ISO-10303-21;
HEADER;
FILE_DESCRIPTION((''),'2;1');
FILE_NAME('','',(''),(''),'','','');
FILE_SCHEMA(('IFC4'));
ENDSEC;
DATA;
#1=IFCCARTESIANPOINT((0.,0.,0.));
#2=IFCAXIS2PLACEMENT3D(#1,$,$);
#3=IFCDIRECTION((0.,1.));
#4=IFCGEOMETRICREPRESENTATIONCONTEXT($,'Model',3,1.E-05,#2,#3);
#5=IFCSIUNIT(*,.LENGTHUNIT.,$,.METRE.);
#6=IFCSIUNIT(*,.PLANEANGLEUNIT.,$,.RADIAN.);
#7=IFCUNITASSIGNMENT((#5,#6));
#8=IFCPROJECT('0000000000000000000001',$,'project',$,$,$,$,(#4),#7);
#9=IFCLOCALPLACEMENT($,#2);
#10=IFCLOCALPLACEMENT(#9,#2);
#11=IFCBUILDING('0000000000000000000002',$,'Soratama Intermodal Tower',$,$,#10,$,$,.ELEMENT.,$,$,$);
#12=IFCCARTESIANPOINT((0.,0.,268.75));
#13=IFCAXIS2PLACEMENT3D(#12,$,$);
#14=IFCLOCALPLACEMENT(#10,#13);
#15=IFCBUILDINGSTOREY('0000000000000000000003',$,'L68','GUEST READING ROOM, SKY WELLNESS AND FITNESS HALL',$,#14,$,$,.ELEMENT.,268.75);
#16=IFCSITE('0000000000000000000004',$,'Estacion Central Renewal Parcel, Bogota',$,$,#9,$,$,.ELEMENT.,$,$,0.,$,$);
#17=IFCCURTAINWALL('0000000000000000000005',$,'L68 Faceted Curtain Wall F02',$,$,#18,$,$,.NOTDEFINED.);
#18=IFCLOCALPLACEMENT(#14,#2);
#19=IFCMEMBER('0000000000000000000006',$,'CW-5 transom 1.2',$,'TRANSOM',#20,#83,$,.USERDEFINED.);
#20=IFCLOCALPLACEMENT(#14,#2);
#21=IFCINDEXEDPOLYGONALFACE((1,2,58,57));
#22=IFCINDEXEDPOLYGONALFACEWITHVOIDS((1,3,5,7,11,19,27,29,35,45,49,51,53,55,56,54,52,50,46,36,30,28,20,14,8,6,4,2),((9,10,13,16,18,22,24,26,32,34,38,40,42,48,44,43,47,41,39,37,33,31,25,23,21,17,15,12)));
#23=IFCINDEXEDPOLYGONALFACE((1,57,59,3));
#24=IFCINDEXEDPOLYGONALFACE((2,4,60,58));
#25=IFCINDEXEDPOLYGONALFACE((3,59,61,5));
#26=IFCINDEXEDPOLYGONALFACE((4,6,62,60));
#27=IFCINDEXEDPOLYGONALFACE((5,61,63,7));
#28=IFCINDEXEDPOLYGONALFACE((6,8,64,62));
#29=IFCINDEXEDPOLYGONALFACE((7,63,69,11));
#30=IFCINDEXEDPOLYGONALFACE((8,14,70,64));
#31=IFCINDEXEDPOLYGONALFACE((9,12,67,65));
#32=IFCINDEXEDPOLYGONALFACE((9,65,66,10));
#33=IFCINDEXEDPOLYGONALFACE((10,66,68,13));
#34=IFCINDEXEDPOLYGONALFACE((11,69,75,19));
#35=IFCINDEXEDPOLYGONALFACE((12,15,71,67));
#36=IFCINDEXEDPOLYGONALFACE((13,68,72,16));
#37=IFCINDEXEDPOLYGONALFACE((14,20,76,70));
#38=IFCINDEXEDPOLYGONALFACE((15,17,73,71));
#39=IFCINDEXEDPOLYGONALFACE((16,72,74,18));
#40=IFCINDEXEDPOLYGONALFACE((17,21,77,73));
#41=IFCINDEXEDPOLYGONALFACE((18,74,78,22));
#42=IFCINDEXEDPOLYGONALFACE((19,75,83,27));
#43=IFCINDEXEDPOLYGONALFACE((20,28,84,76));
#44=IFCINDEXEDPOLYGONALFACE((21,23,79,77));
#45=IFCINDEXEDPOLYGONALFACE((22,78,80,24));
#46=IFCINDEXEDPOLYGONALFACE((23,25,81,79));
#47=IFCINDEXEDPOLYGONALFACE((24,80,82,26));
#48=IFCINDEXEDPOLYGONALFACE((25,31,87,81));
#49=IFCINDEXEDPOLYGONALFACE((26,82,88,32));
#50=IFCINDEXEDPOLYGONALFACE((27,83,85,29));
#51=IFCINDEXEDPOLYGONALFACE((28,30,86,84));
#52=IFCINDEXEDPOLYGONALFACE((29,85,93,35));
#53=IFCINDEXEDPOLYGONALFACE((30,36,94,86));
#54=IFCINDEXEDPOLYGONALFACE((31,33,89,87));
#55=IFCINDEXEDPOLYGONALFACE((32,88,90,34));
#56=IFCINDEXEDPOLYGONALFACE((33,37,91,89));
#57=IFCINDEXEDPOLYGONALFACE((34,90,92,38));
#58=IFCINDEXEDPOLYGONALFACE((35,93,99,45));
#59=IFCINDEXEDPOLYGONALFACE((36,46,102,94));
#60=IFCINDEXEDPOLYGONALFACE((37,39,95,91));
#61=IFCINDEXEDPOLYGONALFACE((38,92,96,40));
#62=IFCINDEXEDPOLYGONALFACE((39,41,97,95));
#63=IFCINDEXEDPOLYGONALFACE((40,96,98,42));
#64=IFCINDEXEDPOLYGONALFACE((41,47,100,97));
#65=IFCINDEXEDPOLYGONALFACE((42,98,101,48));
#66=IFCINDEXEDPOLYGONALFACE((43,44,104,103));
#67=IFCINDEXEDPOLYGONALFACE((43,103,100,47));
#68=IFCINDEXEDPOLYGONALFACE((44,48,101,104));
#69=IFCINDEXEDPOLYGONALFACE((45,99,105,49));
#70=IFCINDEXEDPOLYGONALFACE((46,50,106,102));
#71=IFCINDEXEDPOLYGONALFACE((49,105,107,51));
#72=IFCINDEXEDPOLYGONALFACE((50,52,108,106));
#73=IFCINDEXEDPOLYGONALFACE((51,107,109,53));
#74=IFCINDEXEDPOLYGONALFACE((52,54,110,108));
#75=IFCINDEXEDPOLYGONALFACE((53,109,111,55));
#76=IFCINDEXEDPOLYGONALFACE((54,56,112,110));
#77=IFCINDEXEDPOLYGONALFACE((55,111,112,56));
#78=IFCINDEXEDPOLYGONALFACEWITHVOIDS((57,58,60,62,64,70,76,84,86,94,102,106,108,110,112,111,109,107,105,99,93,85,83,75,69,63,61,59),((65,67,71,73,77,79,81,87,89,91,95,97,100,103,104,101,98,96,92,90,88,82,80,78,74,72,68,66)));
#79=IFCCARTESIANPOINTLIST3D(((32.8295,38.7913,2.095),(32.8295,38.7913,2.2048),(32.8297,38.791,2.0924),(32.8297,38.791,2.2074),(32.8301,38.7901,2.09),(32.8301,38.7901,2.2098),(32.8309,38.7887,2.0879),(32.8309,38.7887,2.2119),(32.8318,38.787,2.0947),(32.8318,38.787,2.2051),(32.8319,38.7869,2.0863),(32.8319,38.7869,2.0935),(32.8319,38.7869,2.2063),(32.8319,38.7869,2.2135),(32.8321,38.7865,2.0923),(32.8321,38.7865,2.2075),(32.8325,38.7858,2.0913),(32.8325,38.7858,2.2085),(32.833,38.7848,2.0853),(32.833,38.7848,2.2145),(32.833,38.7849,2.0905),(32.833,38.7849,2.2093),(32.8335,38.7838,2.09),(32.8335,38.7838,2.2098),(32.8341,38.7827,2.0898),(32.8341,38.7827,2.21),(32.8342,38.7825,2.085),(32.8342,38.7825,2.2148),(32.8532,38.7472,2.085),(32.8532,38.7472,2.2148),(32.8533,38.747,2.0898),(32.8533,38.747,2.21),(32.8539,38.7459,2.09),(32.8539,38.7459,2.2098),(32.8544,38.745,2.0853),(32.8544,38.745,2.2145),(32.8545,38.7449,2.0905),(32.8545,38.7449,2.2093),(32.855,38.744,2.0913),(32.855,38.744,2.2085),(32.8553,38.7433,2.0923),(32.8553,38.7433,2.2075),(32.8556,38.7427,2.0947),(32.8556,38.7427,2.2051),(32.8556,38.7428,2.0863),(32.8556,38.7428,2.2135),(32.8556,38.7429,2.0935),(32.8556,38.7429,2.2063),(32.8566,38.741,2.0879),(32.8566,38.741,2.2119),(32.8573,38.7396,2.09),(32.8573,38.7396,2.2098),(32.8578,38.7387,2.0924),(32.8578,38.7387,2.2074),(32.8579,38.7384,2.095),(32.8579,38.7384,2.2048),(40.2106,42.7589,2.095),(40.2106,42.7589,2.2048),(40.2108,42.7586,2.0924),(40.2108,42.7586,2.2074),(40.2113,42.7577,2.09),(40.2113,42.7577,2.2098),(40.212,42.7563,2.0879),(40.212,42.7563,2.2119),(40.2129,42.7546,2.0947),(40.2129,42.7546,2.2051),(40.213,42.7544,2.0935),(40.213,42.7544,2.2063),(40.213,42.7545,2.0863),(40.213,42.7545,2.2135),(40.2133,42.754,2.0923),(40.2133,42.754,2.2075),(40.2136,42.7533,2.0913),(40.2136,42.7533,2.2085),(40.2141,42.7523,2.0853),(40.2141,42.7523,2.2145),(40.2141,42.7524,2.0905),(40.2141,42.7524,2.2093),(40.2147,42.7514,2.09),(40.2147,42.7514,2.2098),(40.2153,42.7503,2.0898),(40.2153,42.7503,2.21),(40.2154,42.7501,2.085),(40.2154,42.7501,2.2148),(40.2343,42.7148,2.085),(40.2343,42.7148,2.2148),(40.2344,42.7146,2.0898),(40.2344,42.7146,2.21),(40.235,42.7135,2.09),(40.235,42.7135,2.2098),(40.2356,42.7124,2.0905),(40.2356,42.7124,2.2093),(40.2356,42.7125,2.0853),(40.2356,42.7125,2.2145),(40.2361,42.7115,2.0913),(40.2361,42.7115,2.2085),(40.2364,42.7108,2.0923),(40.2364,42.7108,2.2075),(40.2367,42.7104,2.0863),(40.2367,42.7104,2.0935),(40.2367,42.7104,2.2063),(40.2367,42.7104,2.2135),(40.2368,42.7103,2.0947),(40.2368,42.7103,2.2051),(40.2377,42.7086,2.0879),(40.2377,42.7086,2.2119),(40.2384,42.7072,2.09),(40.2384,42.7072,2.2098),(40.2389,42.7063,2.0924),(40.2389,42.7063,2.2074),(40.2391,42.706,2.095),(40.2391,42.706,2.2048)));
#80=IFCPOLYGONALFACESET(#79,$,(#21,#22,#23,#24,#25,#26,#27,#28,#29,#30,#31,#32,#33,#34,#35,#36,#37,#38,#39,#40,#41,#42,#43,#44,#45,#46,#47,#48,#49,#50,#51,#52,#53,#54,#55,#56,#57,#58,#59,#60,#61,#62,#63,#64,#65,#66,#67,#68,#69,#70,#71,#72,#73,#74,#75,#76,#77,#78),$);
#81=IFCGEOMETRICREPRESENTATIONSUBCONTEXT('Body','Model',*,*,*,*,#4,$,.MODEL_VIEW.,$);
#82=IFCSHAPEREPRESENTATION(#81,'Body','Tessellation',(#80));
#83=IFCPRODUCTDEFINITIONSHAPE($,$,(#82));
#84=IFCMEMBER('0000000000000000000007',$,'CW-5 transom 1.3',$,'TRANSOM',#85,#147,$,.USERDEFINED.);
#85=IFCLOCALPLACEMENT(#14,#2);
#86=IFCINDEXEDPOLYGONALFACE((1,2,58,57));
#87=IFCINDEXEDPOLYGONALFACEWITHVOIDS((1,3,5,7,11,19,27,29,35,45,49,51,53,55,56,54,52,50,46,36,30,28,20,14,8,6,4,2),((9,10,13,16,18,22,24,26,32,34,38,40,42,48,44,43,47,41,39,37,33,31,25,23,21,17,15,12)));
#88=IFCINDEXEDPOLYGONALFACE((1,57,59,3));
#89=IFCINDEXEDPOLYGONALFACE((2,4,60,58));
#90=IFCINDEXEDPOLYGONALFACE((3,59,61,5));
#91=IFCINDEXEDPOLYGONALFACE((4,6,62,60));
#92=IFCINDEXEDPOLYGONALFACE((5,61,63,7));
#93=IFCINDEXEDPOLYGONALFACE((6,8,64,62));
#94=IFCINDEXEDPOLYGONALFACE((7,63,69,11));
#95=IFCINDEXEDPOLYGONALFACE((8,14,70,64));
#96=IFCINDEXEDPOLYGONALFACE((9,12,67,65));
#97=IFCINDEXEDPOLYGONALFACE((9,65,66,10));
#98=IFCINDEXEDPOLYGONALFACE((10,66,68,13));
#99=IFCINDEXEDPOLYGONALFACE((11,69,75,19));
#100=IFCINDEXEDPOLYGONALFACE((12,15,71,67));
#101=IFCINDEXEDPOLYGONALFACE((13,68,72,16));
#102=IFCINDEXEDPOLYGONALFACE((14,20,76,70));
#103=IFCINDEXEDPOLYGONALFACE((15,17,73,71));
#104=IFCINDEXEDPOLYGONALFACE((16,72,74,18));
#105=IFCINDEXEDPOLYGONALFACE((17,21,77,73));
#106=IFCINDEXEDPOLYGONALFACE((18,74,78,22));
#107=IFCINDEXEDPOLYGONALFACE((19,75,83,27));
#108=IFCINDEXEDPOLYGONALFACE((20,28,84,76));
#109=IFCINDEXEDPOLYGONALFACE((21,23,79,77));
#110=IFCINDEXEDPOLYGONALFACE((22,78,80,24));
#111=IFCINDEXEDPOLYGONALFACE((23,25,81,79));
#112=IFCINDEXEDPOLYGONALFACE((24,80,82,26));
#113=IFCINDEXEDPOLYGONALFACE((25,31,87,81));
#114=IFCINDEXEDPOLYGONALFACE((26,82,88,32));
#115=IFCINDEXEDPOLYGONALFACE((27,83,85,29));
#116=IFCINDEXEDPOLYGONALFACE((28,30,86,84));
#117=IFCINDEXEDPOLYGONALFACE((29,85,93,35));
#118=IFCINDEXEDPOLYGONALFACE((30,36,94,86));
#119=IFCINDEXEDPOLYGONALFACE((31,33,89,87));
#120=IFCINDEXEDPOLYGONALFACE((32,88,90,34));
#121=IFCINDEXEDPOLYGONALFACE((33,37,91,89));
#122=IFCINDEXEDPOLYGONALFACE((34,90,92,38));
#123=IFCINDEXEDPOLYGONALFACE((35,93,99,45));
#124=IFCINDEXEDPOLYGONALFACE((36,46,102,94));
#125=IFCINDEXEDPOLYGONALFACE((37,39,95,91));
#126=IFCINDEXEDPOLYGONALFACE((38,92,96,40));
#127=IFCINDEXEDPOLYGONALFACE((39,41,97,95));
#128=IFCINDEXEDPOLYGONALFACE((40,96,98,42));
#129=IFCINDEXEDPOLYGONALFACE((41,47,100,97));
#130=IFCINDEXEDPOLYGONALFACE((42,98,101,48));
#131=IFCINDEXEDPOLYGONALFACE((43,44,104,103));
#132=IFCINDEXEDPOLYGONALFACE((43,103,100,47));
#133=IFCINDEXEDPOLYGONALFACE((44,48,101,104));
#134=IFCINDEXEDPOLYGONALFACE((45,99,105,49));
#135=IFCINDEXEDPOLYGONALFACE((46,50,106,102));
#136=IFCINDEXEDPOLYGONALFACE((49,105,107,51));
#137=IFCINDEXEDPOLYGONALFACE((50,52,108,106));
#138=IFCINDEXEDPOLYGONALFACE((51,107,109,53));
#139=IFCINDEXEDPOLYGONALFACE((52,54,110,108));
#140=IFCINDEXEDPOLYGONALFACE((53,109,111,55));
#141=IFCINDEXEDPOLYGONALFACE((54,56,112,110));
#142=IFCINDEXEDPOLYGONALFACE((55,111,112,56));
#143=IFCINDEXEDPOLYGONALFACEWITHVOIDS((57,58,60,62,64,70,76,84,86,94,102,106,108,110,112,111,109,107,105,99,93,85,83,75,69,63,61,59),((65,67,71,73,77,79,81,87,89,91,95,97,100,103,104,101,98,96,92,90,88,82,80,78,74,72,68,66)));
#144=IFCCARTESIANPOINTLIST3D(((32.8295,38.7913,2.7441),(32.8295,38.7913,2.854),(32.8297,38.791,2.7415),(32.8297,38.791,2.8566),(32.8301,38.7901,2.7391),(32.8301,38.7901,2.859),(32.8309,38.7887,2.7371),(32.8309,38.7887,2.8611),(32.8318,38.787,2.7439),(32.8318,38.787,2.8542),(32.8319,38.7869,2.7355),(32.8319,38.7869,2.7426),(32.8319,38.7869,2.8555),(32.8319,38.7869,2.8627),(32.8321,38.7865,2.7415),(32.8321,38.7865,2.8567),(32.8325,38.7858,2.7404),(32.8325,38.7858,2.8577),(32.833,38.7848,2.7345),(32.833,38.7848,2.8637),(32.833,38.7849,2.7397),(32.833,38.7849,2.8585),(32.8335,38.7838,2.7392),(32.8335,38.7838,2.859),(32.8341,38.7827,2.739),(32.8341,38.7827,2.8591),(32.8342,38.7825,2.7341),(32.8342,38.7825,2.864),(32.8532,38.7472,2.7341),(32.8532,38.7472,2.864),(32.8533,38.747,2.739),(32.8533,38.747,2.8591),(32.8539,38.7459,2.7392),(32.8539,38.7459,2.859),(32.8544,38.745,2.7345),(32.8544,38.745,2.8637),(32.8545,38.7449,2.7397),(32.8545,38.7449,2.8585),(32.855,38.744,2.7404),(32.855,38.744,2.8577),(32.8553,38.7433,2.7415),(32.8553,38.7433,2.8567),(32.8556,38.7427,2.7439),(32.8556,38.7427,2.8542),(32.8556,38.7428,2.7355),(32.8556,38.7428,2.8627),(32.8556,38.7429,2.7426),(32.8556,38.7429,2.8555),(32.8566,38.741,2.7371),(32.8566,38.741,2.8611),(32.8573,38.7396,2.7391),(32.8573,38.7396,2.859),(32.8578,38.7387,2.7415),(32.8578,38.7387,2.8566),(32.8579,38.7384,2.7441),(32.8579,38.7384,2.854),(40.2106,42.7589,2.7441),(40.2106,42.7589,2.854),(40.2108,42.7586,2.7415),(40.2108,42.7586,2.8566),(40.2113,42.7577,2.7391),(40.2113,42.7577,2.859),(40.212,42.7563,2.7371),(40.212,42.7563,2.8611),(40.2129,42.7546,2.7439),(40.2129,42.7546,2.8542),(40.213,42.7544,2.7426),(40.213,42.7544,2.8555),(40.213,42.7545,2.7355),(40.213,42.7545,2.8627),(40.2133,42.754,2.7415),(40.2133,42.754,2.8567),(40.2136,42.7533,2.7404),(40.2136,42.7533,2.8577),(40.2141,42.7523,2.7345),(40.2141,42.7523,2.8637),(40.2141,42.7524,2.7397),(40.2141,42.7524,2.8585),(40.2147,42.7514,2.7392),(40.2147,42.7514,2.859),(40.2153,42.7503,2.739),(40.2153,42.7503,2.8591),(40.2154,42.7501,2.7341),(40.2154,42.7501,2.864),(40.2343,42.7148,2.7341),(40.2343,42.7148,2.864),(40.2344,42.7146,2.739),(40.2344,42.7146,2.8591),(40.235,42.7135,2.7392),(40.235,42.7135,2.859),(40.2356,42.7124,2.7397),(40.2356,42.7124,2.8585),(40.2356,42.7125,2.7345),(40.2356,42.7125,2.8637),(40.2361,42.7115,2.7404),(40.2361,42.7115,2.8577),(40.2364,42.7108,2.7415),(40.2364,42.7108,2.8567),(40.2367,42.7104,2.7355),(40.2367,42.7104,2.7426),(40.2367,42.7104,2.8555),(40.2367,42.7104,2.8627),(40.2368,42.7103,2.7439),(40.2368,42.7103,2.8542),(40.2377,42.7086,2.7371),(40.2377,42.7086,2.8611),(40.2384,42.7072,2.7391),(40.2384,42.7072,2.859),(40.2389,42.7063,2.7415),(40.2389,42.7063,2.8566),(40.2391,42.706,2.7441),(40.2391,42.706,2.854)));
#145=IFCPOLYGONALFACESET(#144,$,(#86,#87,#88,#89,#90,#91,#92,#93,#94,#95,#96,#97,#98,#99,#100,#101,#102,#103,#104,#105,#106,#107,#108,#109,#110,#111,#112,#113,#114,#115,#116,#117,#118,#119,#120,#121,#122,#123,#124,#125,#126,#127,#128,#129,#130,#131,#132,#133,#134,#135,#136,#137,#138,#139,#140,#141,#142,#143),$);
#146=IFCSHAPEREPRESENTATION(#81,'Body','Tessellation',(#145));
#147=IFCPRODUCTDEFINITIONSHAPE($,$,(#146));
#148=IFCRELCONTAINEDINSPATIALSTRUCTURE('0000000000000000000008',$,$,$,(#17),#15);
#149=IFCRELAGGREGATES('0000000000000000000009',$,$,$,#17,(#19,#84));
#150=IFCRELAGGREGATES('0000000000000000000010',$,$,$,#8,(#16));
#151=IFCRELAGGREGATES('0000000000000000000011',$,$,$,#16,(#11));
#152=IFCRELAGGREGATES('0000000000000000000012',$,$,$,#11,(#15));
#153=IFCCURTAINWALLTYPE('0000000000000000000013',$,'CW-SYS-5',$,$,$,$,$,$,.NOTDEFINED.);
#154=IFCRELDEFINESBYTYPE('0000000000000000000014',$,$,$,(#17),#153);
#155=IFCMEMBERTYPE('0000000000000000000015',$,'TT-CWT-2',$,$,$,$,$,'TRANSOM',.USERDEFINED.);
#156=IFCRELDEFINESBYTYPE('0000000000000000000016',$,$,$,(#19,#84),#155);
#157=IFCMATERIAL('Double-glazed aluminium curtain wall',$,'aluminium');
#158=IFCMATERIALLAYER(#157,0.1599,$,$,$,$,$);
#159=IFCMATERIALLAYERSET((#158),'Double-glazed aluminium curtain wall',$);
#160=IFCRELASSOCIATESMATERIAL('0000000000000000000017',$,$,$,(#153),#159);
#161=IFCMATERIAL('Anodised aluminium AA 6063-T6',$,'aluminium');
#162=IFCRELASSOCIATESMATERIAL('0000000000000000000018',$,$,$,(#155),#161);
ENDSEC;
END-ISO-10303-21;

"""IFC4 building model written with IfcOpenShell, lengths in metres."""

from ifc_helpers import new_model, si_unit, direction, frame, origin, origin_2d, place, context, subcontext, project, spatial, hollow_rectangle, extrude, material, layer, layer_set, material_profile, profile_set, type_object, element, aggregate, save


model = new_model("IFC4")

# Units and contexts
model_context = context("Model", 3, precision=1e-05, world=origin(), true_north=direction((0.0, 1.0)))
body_context = subcontext(model_context, "Body", "Model", "MODEL_VIEW")
ifc_project = project(units=[si_unit("LENGTHUNIT", "METRE"), si_unit("PLANEANGLEUNIT", "RADIAN")], contexts=[model_context])

# Site, building, storey
site_placement = place(None, origin())
site = spatial("IfcSite", under=ifc_project, at=site_placement, Name="Estacion Central Renewal Parcel, Bogota", CompositionType="ELEMENT", RefElevation=0.0)
building_placement = place(site_placement, origin())
building = spatial("IfcBuilding", under=site, at=building_placement, Name="Soratama Intermodal Tower", CompositionType="ELEMENT")
storey_placement = place(building_placement, frame((0.0, 0.0, 268.75)))
storey = spatial("IfcBuildingStorey", under=building, at=storey_placement, Name="L68", Description="GUEST READING ROOM, SKY WELLNESS AND FITNESS HALL", CompositionType="ELEMENT", Elevation=268.75)

# Curtain wall
ifc_material_1 = material(Name="Double-glazed aluminium curtain wall", Category="aluminium")
ifc_layer_1 = layer(ifc_material_1, 0.1599)
ifc_layer_set_1 = layer_set([ifc_layer_1], Name="Double-glazed aluminium curtain wall")
curtain_wall_type = type_object("IfcCurtainWallType", Name="CW-SYS-5", PredefinedType="NOTDEFINED", material=ifc_layer_set_1)
curtain_wall_1_placement = place(storey_placement, origin())
curtain_wall_1 = element("IfcCurtainWall", 1, at=curtain_wall_1_placement, inside=storey, type_object=curtain_wall_type, Name="L68 Faceted Curtain Wall F02", PredefinedType="NOTDEFINED")

# Members
ifc_material_2 = material(Name="Anodised aluminium AA 6063-T6", Category="aluminium")
ifc_material_profile_1 = material_profile(ifc_material_2, hollow_rectangle(XDim=0.0601, YDim=0.1299, WallThickness=0.0049, InnerFilletRadius=0.0049, OuterFilletRadius=0.01, at=origin_2d()), Name="CWT130X60X5")
ifc_profile_set_1 = profile_set([ifc_material_profile_1], Name="Anodised aluminium AA 6063-T6")
member_type_1 = type_object("IfcMemberType", Name="TT-CWT-2", ElementType="TRANSOM", PredefinedType="USERDEFINED", material=ifc_profile_set_1)
member_1_placement = place(storey_placement, frame((40.2249, 42.7324, 2.1499), z_axis=(-0.880815, -0.47346, 0.0), x_axis=(0.47346, -0.880815, 0.0)))
member_1 = element("IfcMember", 2, at=member_1_placement, type_object=member_type_1, Name="CW-5 transom 1.2", ObjectType="TRANSOM", PredefinedType="USERDEFINED", context=body_context, shape_type="SweptSolid", body=[
    extrude(hollow_rectangle(XDim=0.0601, YDim=0.1299, WallThickness=0.0049, InnerFilletRadius=0.0049, OuterFilletRadius=0.01, at=origin_2d()), origin(), (0.0, 0.0, 1.0), 8.3799),
])
member_2_placement = place(storey_placement, frame((40.2249, 42.7324, 2.7991), z_axis=(-0.880815, -0.47346, 0.0), x_axis=(0.47346, -0.880815, 0.0)))
member_2 = element("IfcMember", 3, at=member_2_placement, type_object=member_type_1, Name="CW-5 transom 1.3", ObjectType="TRANSOM", PredefinedType="USERDEFINED", context=body_context, shape_type="SweptSolid", body=[
    extrude(hollow_rectangle(XDim=0.0601, YDim=0.1299, WallThickness=0.0049, InnerFilletRadius=0.0049, OuterFilletRadius=0.01, at=origin_2d()), origin(), (0.0, 0.0, 1.0), 8.3799),
])

aggregate(curtain_wall_1, [member_1, member_2])

save(model, "model.ifc")
